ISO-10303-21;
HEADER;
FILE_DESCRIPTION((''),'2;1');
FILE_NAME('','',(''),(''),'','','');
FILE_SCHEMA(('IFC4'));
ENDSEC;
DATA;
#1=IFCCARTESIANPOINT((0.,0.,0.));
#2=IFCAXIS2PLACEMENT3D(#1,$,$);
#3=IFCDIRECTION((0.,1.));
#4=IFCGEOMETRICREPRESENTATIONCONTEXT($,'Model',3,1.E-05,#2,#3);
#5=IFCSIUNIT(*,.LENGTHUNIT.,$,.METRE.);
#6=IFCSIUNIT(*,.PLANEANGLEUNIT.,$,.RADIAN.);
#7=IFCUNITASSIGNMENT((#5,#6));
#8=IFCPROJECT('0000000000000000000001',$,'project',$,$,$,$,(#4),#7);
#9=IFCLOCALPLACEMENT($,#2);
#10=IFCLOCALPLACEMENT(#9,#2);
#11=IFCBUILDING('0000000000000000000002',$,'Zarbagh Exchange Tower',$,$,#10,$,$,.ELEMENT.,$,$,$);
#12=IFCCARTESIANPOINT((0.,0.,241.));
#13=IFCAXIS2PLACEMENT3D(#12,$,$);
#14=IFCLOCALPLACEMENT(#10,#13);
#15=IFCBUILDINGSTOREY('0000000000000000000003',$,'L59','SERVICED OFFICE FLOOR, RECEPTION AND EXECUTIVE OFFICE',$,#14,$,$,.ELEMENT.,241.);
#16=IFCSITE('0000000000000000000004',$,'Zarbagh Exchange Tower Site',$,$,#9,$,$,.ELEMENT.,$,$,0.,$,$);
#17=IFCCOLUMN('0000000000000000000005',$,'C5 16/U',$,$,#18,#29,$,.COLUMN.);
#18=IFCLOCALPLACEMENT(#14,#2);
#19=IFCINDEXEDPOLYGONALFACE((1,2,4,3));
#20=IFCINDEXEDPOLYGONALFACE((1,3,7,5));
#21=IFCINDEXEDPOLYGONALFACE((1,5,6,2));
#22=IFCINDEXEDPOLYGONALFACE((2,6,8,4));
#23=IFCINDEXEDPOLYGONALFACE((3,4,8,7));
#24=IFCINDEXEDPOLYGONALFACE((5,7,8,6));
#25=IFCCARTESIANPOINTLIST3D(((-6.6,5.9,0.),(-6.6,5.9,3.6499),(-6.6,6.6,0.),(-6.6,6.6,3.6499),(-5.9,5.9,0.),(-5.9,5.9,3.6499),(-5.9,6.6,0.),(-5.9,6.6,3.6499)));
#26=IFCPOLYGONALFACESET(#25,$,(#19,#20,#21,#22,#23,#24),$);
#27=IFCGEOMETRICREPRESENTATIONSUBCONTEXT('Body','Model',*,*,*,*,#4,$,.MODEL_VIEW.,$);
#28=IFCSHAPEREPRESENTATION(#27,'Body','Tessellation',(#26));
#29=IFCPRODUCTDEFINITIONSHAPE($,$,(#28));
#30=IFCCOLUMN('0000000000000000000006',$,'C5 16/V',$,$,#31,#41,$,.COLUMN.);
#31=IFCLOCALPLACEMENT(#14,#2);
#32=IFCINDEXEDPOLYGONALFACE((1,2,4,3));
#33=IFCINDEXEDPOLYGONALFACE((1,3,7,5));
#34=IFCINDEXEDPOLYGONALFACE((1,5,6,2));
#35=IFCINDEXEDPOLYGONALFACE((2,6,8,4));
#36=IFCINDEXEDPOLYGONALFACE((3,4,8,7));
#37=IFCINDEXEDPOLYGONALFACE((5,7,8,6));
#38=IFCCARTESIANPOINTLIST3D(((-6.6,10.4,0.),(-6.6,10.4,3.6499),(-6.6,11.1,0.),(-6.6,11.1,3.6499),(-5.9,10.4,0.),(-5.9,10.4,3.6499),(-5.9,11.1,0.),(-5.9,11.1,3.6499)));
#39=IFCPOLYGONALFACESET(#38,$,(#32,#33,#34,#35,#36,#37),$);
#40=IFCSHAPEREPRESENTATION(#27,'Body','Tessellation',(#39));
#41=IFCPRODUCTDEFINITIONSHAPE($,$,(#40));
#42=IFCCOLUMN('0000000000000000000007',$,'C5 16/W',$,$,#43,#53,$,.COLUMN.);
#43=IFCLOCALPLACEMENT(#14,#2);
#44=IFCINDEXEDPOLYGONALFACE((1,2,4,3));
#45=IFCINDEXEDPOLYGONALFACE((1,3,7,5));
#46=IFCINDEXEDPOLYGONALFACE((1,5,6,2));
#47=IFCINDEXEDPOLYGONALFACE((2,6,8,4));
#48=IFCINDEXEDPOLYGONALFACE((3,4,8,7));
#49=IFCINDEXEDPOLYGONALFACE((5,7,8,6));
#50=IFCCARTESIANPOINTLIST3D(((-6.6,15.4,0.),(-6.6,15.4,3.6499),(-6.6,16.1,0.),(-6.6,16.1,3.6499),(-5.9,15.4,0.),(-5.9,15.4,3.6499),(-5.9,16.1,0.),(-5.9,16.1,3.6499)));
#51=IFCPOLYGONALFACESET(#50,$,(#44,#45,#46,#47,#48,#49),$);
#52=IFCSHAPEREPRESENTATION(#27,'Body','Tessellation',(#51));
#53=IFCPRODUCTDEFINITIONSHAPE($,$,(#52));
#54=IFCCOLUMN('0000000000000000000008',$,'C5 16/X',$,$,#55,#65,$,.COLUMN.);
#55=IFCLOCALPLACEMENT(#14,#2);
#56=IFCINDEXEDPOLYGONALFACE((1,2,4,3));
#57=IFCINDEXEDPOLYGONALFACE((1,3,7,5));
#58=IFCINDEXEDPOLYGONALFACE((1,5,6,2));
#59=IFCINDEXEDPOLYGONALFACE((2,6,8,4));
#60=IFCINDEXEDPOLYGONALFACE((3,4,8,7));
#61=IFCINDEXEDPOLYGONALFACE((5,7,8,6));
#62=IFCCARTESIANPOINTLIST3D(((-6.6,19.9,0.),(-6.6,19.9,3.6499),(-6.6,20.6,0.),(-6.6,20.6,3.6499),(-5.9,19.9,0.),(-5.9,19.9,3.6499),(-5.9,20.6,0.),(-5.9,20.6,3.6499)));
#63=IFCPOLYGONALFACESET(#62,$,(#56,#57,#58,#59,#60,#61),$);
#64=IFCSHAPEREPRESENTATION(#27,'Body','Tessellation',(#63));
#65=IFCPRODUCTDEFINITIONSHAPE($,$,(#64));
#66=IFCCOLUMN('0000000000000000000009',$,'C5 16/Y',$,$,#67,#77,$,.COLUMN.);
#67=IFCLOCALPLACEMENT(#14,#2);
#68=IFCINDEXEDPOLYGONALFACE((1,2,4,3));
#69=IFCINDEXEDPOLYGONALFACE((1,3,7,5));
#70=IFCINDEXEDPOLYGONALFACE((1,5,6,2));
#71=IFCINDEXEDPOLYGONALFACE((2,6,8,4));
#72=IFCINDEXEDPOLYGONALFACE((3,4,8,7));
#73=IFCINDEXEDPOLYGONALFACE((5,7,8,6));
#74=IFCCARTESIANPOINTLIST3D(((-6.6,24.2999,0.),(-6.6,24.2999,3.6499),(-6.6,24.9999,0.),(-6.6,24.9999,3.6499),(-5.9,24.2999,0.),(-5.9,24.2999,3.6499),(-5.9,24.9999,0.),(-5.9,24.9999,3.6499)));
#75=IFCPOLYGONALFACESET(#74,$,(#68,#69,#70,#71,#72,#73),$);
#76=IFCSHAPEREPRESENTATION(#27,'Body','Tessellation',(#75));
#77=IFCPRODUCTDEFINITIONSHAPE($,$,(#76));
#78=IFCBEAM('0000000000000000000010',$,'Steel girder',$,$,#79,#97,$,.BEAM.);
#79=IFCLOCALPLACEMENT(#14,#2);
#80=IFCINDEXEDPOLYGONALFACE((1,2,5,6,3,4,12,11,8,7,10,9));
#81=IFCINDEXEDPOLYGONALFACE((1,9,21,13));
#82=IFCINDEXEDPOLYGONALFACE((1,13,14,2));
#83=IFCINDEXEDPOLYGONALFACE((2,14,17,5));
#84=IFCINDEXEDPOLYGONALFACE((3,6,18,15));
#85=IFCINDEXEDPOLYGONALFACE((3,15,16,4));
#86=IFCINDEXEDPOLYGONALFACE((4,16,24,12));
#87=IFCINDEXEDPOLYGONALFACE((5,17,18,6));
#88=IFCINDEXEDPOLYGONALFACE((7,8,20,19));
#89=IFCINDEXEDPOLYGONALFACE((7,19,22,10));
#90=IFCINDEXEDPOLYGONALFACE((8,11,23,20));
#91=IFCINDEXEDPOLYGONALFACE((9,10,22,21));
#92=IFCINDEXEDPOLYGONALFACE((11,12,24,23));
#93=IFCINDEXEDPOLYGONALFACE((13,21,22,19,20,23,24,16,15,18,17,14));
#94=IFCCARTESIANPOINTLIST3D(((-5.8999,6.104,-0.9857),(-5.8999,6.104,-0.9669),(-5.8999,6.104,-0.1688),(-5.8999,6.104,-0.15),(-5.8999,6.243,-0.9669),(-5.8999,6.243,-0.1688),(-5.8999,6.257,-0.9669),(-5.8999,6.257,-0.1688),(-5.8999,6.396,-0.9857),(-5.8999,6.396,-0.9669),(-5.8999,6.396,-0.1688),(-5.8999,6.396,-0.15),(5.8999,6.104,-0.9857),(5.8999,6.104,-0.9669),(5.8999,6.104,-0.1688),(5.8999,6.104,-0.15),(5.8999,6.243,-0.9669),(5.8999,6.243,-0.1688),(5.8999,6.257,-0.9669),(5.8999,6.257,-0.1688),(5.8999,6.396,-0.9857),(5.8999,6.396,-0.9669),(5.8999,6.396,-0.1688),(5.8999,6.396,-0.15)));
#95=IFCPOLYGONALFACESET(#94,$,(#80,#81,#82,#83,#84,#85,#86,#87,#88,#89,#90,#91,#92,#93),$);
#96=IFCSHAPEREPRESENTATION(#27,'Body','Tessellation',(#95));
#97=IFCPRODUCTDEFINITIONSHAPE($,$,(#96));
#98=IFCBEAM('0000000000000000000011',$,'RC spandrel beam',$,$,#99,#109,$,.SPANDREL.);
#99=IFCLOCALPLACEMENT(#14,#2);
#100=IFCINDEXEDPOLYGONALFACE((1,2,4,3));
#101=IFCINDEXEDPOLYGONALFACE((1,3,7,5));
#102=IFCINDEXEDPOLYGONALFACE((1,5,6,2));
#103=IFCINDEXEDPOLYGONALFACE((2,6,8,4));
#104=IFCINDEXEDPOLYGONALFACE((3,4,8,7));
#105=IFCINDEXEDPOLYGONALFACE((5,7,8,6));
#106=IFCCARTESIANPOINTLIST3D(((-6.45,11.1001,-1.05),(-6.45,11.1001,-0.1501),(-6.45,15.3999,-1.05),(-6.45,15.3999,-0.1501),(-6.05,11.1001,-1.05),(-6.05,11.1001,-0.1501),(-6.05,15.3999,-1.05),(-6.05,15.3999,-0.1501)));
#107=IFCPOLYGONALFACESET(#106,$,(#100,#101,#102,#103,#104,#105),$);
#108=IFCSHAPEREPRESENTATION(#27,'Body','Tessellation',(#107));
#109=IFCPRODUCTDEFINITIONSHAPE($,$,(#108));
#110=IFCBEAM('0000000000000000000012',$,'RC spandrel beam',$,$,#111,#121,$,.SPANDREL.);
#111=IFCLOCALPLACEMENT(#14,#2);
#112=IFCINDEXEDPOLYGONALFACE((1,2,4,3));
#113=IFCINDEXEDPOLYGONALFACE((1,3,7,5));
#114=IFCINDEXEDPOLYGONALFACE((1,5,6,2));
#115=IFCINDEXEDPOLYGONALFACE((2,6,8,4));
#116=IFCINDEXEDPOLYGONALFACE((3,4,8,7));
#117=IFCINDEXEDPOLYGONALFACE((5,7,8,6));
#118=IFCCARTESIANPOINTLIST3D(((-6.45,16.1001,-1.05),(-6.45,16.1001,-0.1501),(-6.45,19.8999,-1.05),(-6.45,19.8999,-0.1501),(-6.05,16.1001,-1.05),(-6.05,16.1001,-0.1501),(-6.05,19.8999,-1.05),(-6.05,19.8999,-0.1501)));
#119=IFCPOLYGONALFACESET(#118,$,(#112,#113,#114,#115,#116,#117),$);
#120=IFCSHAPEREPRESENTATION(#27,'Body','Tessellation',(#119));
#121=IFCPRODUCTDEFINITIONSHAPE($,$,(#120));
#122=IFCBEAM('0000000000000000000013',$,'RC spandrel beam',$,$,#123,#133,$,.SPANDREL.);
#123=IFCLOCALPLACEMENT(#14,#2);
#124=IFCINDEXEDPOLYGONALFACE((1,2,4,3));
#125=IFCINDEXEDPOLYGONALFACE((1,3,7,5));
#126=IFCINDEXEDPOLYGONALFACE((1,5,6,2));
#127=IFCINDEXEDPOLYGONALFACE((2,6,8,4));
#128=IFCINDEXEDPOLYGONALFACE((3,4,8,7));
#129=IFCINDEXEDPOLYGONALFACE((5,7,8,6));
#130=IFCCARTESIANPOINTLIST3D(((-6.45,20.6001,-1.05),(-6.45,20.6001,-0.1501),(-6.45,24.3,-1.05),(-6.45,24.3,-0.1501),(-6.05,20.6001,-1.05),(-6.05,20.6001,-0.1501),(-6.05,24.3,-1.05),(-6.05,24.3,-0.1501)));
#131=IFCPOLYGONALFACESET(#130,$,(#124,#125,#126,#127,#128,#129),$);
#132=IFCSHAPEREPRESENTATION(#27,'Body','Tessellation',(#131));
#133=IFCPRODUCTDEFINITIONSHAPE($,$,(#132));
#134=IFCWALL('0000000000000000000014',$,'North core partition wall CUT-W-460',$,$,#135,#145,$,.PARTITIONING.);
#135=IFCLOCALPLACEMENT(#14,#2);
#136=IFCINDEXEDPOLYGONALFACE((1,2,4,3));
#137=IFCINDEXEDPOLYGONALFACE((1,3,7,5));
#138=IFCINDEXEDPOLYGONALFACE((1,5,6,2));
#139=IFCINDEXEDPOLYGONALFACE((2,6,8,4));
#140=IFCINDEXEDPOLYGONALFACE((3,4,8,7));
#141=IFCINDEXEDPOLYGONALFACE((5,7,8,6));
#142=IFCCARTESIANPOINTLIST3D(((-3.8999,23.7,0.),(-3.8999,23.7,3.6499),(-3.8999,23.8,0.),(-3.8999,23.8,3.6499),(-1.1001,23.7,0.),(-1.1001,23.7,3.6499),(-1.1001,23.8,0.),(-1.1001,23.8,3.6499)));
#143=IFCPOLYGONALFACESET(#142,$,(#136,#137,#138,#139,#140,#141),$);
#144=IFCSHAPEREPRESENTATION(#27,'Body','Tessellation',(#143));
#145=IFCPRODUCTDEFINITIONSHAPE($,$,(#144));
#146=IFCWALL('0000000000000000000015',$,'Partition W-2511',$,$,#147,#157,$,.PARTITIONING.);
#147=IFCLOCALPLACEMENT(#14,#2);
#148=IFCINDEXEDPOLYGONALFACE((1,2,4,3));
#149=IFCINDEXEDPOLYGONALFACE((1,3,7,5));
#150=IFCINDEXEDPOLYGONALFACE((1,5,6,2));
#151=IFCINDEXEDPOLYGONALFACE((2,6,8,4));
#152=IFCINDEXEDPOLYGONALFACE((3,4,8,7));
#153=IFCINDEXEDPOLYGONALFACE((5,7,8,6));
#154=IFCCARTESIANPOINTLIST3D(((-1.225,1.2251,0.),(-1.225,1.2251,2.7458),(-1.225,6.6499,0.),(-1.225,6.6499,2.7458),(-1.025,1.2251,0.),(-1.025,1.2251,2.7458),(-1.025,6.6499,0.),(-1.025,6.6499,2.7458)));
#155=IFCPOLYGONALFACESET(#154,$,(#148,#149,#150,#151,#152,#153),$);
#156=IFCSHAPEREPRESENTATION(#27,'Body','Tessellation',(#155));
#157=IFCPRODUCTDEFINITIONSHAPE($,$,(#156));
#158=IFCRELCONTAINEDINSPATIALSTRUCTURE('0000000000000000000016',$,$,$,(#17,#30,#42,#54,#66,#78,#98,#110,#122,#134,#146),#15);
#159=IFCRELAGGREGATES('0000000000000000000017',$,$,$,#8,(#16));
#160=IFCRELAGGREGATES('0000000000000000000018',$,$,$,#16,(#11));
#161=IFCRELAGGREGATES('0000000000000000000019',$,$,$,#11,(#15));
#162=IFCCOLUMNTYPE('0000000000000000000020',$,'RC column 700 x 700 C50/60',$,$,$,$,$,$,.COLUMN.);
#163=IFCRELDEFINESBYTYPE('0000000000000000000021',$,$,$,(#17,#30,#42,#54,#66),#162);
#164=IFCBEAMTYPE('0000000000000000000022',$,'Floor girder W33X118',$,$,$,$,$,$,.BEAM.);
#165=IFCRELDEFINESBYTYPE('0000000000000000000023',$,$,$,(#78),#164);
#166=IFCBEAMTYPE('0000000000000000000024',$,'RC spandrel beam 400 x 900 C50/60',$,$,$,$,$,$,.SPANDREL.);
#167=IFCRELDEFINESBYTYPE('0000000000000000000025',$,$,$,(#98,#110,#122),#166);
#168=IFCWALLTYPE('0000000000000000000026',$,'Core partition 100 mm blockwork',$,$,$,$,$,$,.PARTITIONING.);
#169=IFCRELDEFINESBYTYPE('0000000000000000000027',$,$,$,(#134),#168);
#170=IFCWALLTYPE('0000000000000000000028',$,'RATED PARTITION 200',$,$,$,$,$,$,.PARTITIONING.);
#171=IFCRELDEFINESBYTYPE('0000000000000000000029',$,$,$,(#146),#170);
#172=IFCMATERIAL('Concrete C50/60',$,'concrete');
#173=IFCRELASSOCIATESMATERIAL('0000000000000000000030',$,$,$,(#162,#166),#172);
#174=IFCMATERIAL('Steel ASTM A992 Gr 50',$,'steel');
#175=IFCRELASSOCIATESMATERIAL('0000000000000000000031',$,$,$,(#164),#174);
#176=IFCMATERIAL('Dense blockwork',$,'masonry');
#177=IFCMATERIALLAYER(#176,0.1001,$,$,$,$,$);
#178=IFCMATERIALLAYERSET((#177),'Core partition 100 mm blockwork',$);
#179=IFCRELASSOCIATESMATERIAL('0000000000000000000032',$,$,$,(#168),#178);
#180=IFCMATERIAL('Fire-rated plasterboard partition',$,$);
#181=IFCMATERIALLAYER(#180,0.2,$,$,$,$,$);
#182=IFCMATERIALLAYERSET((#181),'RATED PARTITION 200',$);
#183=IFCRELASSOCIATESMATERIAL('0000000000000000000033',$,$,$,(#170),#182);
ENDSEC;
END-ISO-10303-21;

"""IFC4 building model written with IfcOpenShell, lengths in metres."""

from ifc_helpers import new_model, si_unit, direction, frame, frame_2d, origin, origin_2d, place, context, subcontext, project, spatial, rectangle, i_section, extrude, material, layer, layer_set, material_profile, profile_set, type_object, element, save


model = new_model("IFC4")

# Units and contexts
model_context = context("Model", 3, precision=1e-05, world=origin(), true_north=direction((0.0, 1.0)))
body_context = subcontext(model_context, "Body", "Model", "MODEL_VIEW")
ifc_project = project(units=[si_unit("LENGTHUNIT", "METRE"), si_unit("PLANEANGLEUNIT", "RADIAN")], contexts=[model_context])

# Site, building, storey
site_placement = place(None, origin())
site = spatial("IfcSite", under=ifc_project, at=site_placement, Name="Zarbagh Exchange Tower Site", CompositionType="ELEMENT", RefElevation=0.0)
building_placement = place(site_placement, origin())
building = spatial("IfcBuilding", under=site, at=building_placement, Name="Zarbagh Exchange Tower", CompositionType="ELEMENT")
storey_placement = place(building_placement, frame((0.0, 0.0, 241.0)))
storey = spatial("IfcBuildingStorey", under=building, at=storey_placement, Name="L59", Description="SERVICED OFFICE FLOOR, RECEPTION AND EXECUTIVE OFFICE", CompositionType="ELEMENT", Elevation=241.0)

# Columns
ifc_material_1 = material(Name="Concrete C50/60", Category="concrete")
ifc_material_profile_1 = material_profile(ifc_material_1, rectangle(XDim=0.7, YDim=0.7, at=origin_2d()), Name="RC column 700 x 700 C50/60")
ifc_profile_set_1 = profile_set([ifc_material_profile_1], Name="Concrete C50/60")
column_type = type_object("IfcColumnType", Name="RC column 700 x 700 C50/60", PredefinedType="COLUMN", material=ifc_profile_set_1)
for number, where, z_axis, x_axis, name in (
    (1, (-6.25, 6.25, 0.0), (0.0, 0.0, 1.0), (1.0, 0.0, 0.0), "C5 16/U"),
    (2, (-6.25, 10.75, 0.0), (0.0, 0.0, 1.0), (1.0, 0.0, 0.0), "C5 16/V"),
    (3, (-6.25, 15.75, 0.0), (0.0, 0.0, 1.0), (1.0, 0.0, 0.0), "C5 16/W"),
    (4, (-6.25, 20.25, 0.0), (0.0, 0.0, 1.0), (1.0, 0.0, 0.0), "C5 16/X"),
    (5, (-6.25, 24.6499, 0.0), (0.0, 0.0, 1.0), (1.0, 0.0, 0.0), "C5 16/Y"),
):
    element("IfcColumn", number, at=place(storey_placement, frame(where, z_axis=z_axis, x_axis=x_axis)), inside=storey, type_object=column_type, Name=name, PredefinedType="COLUMN", context=body_context, shape_type="SweptSolid", body=[
        extrude(rectangle(XDim=0.7, YDim=0.7, at=origin_2d()), origin(), (0.0, 0.0, 1.0), 3.6499),
    ])

# Beams
ifc_material_2 = material(Name="Steel ASTM A992 Gr 50", Category="steel")
ifc_material_profile_2 = material_profile(ifc_material_2, i_section(OverallWidth=0.292, OverallDepth=0.8357, WebThickness=0.0139, FlangeThickness=0.0188, at=origin_2d()), Name="W33X118")
ifc_profile_set_2 = profile_set([ifc_material_profile_2], Name="Steel ASTM A992 Gr 50")
beam_type_1 = type_object("IfcBeamType", Name="Floor girder W33X118", PredefinedType="BEAM", material=ifc_profile_set_2)
beam_1_placement = place(storey_placement, frame((-5.8999, 6.25, -0.5679), z_axis=(1.0, 0.0, 0.0), x_axis=(0.0, 1.0, 0.0)))
element("IfcBeam", 6, at=beam_1_placement, inside=storey, type_object=beam_type_1, Name="Steel girder", PredefinedType="BEAM", context=body_context, shape_type="SweptSolid", body=[
    extrude(i_section(OverallWidth=0.292, OverallDepth=0.8357, WebThickness=0.0139, FlangeThickness=0.0188, at=origin_2d()), origin(), (0.0, 0.0, 1.0), 11.7998),
])
ifc_material_profile_3 = material_profile(ifc_material_1, rectangle(XDim=0.3999, YDim=0.8999, at=origin_2d()), Name="RC spandrel beam 400 x 900 C50/60")
ifc_profile_set_3 = profile_set([ifc_material_profile_3], Name="Concrete C50/60")
beam_type_2 = type_object("IfcBeamType", Name="RC spandrel beam 400 x 900 C50/60", PredefinedType="SPANDREL", material=ifc_profile_set_3)
beam_2_placement = place(storey_placement, frame((-6.25, 11.1001, -0.6001), z_axis=(0.0, 1.0, 0.0), x_axis=(-1.0, 0.0, 0.0)))
element("IfcBeam", 7, at=beam_2_placement, inside=storey, type_object=beam_type_2, Name="RC spandrel beam", PredefinedType="SPANDREL", context=body_context, shape_type="SweptSolid", body=[
    extrude(rectangle(XDim=0.3999, YDim=0.8999, at=origin_2d()), origin(), (0.0, 0.0, 1.0), 4.2998),
])
beam_3_placement = place(storey_placement, frame((-6.25, 16.1001, -0.6001), z_axis=(0.0, 1.0, 0.0), x_axis=(-1.0, 0.0, 0.0)))
element("IfcBeam", 8, at=beam_3_placement, inside=storey, type_object=beam_type_2, Name="RC spandrel beam", PredefinedType="SPANDREL", context=body_context, shape_type="SweptSolid", body=[
    extrude(rectangle(XDim=0.3999, YDim=0.8999, at=origin_2d()), origin(), (0.0, 0.0, 1.0), 3.7998),
])
beam_4_placement = place(storey_placement, frame((-6.25, 20.6001, -0.6001), z_axis=(0.0, 1.0, 0.0), x_axis=(-1.0, 0.0, 0.0)))
element("IfcBeam", 9, at=beam_4_placement, inside=storey, type_object=beam_type_2, Name="RC spandrel beam", PredefinedType="SPANDREL", context=body_context, shape_type="SweptSolid", body=[
    extrude(rectangle(XDim=0.3999, YDim=0.8999, at=origin_2d()), origin(), (0.0, 0.0, 1.0), 3.7),
])

# Walls
ifc_material_3 = material(Name="Dense blockwork", Category="masonry")
ifc_layer_1 = layer(ifc_material_3, 0.1001)
ifc_layer_set_1 = layer_set([ifc_layer_1], Name="Core partition 100 mm blockwork")
wall_type_1 = type_object("IfcWallType", Name="Core partition 100 mm blockwork", PredefinedType="PARTITIONING", material=ifc_layer_set_1)
wall_1_placement = place(storey_placement, frame((-3.8999, 23.75, 0.0), z_axis=(0.0, 0.0, 1.0), x_axis=(1.0, 0.0, 0.0)))
element("IfcWall", 10, at=wall_1_placement, inside=storey, type_object=wall_type_1, Name="North core partition wall CUT-W-460", PredefinedType="PARTITIONING", context=body_context, shape_type="SweptSolid", body=[
    extrude(rectangle(XDim=2.7998, YDim=0.1001, at=frame_2d((1.3999, 0.0))), origin(), (0.0, 0.0, 1.0), 3.6499),
])
ifc_material_4 = material(Name="Fire-rated plasterboard partition")
ifc_layer_2 = layer(ifc_material_4, 0.2)
ifc_layer_set_2 = layer_set([ifc_layer_2], Name="RATED PARTITION 200")
wall_type_2 = type_object("IfcWallType", Name="RATED PARTITION 200", PredefinedType="PARTITIONING", material=ifc_layer_set_2)
wall_2_placement = place(storey_placement, frame((-1.125, 1.2251, 0.0), z_axis=(0.0, 0.0, 1.0), x_axis=(0.0, 1.0, 0.0)))
element("IfcWall", 11, at=wall_2_placement, inside=storey, type_object=wall_type_2, Name="Partition W-2511", PredefinedType="PARTITIONING", context=body_context, shape_type="SweptSolid", body=[
    extrude(rectangle(XDim=5.4248, YDim=0.2, at=frame_2d((2.7124, 0.0))), origin(), (0.0, 0.0, 1.0), 2.7458),
])

save(model, "model.ifc")
